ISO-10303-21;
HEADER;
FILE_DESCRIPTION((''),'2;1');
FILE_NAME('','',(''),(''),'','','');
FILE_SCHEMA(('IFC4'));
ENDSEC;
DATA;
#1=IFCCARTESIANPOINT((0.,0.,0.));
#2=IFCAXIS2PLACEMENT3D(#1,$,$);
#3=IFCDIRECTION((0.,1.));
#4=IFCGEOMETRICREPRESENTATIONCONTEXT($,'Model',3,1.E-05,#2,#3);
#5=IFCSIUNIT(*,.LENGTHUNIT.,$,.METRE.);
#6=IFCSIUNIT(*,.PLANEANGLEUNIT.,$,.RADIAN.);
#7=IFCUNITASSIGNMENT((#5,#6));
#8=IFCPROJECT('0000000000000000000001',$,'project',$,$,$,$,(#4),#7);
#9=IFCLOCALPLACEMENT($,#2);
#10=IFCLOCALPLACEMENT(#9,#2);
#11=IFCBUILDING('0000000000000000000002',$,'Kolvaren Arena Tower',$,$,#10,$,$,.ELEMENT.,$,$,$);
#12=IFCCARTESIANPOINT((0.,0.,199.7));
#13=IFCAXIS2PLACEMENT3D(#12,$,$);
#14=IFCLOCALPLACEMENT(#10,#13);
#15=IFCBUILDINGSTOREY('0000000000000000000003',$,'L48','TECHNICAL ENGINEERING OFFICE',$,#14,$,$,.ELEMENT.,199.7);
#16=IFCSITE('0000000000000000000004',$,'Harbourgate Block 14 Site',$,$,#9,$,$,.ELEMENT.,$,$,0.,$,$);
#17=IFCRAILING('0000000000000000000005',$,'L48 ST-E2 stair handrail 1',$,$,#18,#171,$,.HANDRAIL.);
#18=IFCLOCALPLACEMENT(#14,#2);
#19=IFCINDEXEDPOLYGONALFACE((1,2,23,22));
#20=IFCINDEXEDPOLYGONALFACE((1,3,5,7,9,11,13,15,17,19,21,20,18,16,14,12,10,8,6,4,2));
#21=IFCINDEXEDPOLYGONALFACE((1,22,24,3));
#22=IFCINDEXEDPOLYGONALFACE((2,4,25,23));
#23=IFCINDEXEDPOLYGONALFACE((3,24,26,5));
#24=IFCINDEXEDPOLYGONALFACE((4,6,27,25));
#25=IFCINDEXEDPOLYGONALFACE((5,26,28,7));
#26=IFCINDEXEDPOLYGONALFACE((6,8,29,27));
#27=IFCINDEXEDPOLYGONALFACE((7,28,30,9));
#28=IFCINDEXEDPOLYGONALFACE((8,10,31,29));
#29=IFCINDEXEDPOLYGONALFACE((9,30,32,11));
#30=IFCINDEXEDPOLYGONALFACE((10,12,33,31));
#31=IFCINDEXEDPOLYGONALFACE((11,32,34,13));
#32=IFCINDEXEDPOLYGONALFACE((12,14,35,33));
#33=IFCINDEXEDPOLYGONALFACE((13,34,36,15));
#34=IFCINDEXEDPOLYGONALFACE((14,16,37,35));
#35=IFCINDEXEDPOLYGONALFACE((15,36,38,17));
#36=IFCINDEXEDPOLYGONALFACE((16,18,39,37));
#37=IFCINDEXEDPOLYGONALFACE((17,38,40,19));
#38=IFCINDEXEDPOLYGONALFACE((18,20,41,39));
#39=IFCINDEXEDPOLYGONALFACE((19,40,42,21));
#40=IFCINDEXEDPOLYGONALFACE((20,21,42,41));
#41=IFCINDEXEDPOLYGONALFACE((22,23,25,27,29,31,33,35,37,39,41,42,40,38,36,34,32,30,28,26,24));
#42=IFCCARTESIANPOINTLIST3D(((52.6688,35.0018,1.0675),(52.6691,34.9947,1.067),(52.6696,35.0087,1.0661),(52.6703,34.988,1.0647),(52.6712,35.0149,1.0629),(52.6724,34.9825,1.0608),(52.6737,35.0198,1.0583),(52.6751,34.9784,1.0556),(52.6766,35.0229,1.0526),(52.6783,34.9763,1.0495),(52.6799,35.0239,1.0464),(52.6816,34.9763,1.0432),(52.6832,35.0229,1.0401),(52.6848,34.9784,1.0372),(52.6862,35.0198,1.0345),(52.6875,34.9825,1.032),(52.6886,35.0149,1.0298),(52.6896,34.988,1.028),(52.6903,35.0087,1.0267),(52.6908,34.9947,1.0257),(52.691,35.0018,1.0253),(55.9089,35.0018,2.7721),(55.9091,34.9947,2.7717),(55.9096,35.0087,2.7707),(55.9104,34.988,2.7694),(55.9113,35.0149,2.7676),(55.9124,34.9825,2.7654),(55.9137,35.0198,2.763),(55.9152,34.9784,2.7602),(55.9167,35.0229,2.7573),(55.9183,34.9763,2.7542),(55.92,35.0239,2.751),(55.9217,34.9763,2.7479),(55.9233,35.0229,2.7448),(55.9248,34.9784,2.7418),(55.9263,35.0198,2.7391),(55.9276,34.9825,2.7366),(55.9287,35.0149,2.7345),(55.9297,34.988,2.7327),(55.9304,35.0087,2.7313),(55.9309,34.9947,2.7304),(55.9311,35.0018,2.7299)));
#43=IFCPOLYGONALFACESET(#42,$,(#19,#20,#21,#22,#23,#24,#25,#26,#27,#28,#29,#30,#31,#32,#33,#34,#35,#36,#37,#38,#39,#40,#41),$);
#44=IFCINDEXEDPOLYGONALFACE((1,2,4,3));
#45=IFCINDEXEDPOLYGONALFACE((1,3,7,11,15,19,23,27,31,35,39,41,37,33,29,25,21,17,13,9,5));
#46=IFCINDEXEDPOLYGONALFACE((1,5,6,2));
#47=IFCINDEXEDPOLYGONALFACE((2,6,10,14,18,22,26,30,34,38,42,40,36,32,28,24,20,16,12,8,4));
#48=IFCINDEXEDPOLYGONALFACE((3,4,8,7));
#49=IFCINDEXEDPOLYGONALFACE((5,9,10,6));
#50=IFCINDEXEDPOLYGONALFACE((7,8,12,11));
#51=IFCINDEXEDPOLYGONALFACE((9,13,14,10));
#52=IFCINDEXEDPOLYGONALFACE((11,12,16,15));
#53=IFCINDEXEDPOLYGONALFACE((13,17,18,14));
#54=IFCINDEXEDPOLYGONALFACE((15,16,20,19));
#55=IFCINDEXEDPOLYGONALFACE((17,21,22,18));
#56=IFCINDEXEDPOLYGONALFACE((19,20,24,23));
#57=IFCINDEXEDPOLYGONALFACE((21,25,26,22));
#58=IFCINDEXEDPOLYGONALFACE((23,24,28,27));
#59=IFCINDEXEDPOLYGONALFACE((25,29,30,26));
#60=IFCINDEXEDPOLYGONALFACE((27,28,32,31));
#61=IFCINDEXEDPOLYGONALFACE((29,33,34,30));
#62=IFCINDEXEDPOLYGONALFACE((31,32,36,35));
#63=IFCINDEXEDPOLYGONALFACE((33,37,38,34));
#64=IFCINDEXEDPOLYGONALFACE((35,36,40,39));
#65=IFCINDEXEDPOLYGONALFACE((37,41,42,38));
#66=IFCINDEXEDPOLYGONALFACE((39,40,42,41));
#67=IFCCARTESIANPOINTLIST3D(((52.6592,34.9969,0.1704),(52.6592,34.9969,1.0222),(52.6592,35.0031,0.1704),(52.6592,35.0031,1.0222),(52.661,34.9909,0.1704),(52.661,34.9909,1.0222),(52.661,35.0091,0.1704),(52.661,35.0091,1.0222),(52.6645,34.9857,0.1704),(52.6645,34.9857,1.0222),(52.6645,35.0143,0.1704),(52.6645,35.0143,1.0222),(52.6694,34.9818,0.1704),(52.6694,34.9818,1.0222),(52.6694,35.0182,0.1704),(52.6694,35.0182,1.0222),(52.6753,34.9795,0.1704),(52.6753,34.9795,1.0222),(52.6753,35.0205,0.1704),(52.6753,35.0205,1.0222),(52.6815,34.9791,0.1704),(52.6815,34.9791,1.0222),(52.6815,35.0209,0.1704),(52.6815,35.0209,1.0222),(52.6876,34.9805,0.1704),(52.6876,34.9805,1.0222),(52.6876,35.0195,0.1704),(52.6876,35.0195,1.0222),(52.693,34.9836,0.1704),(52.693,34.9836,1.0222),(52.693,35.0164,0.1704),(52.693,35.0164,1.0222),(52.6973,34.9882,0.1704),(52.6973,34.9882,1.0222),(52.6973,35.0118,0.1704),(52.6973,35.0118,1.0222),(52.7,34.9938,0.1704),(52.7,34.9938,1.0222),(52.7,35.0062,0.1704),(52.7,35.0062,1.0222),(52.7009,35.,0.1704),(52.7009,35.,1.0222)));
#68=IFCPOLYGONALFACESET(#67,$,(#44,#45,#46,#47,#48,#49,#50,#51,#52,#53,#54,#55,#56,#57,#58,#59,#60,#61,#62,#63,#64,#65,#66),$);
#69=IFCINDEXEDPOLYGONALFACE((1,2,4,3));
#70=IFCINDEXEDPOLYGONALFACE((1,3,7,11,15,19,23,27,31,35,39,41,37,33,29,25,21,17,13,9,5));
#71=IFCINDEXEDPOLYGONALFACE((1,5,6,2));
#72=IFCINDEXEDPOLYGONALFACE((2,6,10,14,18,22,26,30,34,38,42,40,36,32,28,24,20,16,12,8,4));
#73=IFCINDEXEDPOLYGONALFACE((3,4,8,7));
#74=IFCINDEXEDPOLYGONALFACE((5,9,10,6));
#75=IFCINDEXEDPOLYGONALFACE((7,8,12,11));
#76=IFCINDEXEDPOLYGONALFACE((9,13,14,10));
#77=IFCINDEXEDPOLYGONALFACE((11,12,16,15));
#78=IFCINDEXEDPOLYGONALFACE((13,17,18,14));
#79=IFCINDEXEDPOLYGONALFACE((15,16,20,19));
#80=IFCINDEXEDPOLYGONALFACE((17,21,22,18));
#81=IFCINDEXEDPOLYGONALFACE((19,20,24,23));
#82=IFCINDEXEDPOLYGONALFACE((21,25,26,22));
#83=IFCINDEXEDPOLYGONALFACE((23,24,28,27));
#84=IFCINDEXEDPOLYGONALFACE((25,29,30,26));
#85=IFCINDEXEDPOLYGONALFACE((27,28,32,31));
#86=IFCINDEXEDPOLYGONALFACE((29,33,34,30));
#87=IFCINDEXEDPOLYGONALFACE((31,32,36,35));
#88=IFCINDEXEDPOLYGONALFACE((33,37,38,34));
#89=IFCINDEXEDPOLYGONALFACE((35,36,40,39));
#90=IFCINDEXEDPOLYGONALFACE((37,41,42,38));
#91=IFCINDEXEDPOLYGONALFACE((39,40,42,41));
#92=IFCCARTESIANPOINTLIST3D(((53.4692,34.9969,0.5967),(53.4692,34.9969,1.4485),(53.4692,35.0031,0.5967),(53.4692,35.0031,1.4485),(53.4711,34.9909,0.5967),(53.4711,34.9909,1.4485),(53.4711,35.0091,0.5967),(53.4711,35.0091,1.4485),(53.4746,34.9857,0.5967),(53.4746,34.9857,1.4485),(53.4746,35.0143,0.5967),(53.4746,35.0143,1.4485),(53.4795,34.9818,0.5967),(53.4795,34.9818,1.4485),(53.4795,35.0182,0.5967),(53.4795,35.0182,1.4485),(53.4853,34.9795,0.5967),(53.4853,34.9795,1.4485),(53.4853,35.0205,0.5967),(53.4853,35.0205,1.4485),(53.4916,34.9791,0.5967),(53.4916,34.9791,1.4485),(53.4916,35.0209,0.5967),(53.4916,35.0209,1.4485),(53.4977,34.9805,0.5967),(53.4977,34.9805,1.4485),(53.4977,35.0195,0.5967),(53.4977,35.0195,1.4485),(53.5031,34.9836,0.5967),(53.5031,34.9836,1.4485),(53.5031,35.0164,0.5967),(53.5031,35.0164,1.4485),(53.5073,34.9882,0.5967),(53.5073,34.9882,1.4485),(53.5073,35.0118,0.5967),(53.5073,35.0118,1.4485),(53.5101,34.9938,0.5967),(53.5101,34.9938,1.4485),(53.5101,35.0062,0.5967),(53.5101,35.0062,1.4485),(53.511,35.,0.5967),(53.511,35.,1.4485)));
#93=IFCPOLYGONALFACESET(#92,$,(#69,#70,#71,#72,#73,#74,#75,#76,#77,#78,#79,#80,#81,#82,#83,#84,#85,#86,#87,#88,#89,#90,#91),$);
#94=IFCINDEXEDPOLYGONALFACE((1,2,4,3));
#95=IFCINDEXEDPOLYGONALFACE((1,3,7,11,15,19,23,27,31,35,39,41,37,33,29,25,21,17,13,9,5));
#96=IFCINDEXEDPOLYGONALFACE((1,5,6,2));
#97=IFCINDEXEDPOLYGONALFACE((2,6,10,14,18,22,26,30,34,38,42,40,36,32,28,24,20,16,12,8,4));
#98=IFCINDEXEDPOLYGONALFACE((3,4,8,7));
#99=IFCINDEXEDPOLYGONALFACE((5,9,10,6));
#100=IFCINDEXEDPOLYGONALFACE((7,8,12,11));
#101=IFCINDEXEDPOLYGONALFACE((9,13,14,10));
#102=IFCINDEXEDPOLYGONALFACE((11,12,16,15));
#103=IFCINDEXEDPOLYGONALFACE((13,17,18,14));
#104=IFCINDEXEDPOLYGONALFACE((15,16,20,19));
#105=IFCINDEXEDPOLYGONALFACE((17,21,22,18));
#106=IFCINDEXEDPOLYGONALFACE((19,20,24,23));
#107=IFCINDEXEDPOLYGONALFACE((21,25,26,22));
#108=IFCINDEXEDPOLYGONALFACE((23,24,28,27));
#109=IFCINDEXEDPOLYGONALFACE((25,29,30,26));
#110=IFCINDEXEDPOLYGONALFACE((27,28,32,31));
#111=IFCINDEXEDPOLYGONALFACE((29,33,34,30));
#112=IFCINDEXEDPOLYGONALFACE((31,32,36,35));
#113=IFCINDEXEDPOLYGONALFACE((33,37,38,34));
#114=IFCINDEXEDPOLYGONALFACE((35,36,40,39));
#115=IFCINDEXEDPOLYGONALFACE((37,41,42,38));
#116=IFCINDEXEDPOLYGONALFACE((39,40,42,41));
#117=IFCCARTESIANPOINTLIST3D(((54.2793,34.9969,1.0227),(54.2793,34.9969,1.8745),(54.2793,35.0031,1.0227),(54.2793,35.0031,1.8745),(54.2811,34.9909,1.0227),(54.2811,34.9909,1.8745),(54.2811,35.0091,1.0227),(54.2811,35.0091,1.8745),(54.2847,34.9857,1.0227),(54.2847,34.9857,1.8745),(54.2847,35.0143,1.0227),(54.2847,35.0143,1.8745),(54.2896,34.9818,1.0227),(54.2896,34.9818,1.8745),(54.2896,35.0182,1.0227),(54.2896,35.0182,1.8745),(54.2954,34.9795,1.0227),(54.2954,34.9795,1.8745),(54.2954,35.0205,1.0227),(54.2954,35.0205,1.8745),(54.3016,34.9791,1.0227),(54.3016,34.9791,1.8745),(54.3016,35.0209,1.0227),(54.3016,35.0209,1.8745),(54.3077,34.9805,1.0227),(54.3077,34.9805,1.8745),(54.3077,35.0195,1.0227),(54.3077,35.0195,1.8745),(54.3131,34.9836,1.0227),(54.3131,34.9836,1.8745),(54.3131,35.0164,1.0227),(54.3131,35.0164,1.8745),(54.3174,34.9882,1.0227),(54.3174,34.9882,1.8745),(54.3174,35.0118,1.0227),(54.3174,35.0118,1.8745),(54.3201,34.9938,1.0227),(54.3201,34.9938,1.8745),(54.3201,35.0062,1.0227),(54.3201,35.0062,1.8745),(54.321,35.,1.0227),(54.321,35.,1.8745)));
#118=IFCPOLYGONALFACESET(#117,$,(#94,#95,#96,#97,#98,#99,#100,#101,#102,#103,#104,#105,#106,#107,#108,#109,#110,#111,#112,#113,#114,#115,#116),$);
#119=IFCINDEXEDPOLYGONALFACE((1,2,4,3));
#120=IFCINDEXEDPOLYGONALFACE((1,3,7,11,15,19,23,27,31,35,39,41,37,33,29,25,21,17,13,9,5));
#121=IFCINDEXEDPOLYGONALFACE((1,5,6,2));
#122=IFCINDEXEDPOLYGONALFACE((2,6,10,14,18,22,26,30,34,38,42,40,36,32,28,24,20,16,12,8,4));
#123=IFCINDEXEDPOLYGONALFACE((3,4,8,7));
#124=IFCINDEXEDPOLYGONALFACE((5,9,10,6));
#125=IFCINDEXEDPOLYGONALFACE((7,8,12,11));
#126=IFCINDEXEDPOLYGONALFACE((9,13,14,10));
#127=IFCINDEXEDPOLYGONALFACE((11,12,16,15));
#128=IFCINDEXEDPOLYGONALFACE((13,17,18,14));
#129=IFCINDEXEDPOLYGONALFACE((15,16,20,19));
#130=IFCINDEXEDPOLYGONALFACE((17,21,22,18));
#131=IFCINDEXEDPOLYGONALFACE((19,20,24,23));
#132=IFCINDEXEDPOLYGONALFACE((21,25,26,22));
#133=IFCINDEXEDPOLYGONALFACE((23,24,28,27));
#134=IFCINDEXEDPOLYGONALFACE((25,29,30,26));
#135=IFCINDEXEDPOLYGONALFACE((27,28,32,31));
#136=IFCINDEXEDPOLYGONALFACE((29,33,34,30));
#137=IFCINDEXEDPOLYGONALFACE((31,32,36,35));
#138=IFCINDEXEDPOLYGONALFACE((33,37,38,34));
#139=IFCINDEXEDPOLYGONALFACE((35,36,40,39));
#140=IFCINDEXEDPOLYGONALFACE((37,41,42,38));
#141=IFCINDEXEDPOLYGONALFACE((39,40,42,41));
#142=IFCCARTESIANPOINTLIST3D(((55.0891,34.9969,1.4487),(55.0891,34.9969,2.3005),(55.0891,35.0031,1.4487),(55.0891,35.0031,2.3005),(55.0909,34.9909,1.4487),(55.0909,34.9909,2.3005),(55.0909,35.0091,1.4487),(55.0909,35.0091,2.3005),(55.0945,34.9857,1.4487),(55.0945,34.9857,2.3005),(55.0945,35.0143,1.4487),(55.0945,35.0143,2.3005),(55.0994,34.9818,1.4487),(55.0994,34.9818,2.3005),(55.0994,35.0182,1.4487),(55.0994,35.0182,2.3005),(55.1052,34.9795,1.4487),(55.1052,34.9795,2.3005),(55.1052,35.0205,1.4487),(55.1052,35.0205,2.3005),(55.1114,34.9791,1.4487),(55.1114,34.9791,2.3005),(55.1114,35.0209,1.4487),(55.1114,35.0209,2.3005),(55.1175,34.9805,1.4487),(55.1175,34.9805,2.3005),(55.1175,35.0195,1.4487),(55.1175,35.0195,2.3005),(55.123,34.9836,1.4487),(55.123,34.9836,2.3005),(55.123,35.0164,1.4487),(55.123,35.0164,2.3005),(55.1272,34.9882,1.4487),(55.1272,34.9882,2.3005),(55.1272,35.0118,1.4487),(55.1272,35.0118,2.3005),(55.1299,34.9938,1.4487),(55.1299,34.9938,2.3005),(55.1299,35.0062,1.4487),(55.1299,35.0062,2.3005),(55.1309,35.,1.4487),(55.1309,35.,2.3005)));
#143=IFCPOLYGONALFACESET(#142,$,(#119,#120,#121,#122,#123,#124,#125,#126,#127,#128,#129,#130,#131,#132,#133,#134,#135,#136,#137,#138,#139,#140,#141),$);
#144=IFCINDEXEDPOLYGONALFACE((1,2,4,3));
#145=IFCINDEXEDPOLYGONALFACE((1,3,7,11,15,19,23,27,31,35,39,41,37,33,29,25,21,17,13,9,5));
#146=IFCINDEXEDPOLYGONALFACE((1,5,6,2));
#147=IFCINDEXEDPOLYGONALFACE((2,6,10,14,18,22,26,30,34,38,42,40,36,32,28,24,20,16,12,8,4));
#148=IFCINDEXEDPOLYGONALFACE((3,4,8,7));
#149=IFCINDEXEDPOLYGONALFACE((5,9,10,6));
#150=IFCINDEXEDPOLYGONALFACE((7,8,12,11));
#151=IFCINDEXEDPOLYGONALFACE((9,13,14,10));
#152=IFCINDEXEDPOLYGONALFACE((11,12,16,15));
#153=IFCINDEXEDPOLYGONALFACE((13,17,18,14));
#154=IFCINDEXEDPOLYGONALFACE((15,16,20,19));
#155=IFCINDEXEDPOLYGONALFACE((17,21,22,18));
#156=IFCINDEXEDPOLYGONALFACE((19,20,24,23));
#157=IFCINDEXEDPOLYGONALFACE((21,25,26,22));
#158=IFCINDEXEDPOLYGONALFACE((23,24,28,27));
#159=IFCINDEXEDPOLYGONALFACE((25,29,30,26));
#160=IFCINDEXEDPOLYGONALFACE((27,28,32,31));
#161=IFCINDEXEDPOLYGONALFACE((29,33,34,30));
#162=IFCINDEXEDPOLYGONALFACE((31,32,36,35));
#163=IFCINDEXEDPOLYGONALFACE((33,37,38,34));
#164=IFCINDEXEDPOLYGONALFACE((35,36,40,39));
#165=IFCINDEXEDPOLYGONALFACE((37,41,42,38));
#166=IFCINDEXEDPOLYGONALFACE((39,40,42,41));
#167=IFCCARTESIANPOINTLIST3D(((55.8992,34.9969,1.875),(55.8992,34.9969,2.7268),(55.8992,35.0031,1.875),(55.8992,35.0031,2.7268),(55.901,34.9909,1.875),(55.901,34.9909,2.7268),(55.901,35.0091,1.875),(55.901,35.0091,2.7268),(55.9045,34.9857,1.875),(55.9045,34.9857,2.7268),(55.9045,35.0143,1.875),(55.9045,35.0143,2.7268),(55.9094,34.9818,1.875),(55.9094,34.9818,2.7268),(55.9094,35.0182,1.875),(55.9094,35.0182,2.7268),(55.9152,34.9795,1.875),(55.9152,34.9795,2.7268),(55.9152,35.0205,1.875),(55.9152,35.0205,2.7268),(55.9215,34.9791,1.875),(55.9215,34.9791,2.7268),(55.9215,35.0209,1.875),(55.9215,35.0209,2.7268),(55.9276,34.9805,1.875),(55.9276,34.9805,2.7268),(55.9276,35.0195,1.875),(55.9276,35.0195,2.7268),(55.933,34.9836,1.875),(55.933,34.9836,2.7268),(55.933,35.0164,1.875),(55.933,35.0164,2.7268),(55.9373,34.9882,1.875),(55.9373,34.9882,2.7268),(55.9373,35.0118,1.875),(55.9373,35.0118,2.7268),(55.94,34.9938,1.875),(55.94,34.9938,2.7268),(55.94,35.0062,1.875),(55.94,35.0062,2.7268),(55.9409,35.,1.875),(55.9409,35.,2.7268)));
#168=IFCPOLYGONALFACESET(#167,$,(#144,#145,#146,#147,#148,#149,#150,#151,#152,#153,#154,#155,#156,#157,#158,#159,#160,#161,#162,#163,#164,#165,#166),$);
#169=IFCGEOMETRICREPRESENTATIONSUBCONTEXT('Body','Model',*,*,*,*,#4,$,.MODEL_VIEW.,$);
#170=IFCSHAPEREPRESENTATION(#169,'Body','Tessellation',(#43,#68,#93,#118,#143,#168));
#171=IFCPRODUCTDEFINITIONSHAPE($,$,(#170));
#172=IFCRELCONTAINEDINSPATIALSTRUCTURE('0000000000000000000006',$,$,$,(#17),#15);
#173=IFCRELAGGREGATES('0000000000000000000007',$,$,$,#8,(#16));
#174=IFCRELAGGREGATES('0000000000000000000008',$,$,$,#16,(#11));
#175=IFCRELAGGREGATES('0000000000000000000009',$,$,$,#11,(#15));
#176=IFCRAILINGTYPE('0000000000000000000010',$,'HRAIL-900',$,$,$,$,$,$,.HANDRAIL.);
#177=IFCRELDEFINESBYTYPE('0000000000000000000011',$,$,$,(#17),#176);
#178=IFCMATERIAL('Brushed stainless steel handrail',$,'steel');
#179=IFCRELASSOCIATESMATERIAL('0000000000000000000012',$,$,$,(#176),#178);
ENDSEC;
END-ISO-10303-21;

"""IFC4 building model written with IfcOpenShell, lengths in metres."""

from ifc_helpers import new_model, si_unit, direction, frame, origin, origin_2d, place, context, subcontext, project, spatial, circle, extrude, material, type_object, element, save


model = new_model("IFC4")

# Units and contexts
model_context = context("Model", 3, precision=1e-05, world=origin(), true_north=direction((0.0, 1.0)))
body_context = subcontext(model_context, "Body", "Model", "MODEL_VIEW")
ifc_project = project(units=[si_unit("LENGTHUNIT", "METRE"), si_unit("PLANEANGLEUNIT", "RADIAN")], contexts=[model_context])

# Site, building, storey
site_placement = place(None, origin())
site = spatial("IfcSite", under=ifc_project, at=site_placement, Name="Harbourgate Block 14 Site", CompositionType="ELEMENT", RefElevation=0.0)
building_placement = place(site_placement, origin())
building = spatial("IfcBuilding", under=site, at=building_placement, Name="Kolvaren Arena Tower", CompositionType="ELEMENT")
storey_placement = place(building_placement, frame((0.0, 0.0, 199.7)))
storey = spatial("IfcBuildingStorey", under=building, at=storey_placement, Name="L48", Description="TECHNICAL ENGINEERING OFFICE", CompositionType="ELEMENT", Elevation=199.7)

# Railing
ifc_material_1 = material(Name="Brushed stainless steel handrail", Category="steel")
railing_type_1 = type_object("IfcRailingType", Name="HRAIL-900", PredefinedType="HANDRAIL", material=ifc_material_1)
for number, where, name in (
    (1, (52.6799, 35.0, 0.1704), "L48 ST-E2 stair handrail 1"),
):
    element("IfcRailing", number, at=place(storey_placement, frame(where)), inside=storey, type_object=railing_type_1, Name=name, PredefinedType="HANDRAIL", context=body_context, shape_type="SweptSolid", body=[
        extrude(circle(Radius=0.0239, at=origin_2d()), frame((0.0, 0.0, 0.876), z_axis=(0.884993, 0.0, 0.465604), x_axis=(0.0, 1.0, 0.0)), (0.0, 0.0, 1.0), 3.6611),
        extrude(circle(Radius=0.021, at=origin_2d()), origin(), (0.0, 0.0, 1.0), 0.8518),
        extrude(circle(Radius=0.021, at=origin_2d()), frame((0.8101, 0.0, 0.4263)), (0.0, 0.0, 1.0), 0.8518),
        extrude(circle(Radius=0.021, at=origin_2d()), frame((1.6201, 0.0, 0.8523)), (0.0, 0.0, 1.0), 0.8518),
        extrude(circle(Radius=0.021, at=origin_2d()), frame((2.4299, 0.0, 1.2783)), (0.0, 0.0, 1.0), 0.8518),
        extrude(circle(Radius=0.021, at=origin_2d()), frame((3.24, 0.0, 1.7046)), (0.0, 0.0, 1.0), 0.8518),
    ])

save(model, "model.ifc")
